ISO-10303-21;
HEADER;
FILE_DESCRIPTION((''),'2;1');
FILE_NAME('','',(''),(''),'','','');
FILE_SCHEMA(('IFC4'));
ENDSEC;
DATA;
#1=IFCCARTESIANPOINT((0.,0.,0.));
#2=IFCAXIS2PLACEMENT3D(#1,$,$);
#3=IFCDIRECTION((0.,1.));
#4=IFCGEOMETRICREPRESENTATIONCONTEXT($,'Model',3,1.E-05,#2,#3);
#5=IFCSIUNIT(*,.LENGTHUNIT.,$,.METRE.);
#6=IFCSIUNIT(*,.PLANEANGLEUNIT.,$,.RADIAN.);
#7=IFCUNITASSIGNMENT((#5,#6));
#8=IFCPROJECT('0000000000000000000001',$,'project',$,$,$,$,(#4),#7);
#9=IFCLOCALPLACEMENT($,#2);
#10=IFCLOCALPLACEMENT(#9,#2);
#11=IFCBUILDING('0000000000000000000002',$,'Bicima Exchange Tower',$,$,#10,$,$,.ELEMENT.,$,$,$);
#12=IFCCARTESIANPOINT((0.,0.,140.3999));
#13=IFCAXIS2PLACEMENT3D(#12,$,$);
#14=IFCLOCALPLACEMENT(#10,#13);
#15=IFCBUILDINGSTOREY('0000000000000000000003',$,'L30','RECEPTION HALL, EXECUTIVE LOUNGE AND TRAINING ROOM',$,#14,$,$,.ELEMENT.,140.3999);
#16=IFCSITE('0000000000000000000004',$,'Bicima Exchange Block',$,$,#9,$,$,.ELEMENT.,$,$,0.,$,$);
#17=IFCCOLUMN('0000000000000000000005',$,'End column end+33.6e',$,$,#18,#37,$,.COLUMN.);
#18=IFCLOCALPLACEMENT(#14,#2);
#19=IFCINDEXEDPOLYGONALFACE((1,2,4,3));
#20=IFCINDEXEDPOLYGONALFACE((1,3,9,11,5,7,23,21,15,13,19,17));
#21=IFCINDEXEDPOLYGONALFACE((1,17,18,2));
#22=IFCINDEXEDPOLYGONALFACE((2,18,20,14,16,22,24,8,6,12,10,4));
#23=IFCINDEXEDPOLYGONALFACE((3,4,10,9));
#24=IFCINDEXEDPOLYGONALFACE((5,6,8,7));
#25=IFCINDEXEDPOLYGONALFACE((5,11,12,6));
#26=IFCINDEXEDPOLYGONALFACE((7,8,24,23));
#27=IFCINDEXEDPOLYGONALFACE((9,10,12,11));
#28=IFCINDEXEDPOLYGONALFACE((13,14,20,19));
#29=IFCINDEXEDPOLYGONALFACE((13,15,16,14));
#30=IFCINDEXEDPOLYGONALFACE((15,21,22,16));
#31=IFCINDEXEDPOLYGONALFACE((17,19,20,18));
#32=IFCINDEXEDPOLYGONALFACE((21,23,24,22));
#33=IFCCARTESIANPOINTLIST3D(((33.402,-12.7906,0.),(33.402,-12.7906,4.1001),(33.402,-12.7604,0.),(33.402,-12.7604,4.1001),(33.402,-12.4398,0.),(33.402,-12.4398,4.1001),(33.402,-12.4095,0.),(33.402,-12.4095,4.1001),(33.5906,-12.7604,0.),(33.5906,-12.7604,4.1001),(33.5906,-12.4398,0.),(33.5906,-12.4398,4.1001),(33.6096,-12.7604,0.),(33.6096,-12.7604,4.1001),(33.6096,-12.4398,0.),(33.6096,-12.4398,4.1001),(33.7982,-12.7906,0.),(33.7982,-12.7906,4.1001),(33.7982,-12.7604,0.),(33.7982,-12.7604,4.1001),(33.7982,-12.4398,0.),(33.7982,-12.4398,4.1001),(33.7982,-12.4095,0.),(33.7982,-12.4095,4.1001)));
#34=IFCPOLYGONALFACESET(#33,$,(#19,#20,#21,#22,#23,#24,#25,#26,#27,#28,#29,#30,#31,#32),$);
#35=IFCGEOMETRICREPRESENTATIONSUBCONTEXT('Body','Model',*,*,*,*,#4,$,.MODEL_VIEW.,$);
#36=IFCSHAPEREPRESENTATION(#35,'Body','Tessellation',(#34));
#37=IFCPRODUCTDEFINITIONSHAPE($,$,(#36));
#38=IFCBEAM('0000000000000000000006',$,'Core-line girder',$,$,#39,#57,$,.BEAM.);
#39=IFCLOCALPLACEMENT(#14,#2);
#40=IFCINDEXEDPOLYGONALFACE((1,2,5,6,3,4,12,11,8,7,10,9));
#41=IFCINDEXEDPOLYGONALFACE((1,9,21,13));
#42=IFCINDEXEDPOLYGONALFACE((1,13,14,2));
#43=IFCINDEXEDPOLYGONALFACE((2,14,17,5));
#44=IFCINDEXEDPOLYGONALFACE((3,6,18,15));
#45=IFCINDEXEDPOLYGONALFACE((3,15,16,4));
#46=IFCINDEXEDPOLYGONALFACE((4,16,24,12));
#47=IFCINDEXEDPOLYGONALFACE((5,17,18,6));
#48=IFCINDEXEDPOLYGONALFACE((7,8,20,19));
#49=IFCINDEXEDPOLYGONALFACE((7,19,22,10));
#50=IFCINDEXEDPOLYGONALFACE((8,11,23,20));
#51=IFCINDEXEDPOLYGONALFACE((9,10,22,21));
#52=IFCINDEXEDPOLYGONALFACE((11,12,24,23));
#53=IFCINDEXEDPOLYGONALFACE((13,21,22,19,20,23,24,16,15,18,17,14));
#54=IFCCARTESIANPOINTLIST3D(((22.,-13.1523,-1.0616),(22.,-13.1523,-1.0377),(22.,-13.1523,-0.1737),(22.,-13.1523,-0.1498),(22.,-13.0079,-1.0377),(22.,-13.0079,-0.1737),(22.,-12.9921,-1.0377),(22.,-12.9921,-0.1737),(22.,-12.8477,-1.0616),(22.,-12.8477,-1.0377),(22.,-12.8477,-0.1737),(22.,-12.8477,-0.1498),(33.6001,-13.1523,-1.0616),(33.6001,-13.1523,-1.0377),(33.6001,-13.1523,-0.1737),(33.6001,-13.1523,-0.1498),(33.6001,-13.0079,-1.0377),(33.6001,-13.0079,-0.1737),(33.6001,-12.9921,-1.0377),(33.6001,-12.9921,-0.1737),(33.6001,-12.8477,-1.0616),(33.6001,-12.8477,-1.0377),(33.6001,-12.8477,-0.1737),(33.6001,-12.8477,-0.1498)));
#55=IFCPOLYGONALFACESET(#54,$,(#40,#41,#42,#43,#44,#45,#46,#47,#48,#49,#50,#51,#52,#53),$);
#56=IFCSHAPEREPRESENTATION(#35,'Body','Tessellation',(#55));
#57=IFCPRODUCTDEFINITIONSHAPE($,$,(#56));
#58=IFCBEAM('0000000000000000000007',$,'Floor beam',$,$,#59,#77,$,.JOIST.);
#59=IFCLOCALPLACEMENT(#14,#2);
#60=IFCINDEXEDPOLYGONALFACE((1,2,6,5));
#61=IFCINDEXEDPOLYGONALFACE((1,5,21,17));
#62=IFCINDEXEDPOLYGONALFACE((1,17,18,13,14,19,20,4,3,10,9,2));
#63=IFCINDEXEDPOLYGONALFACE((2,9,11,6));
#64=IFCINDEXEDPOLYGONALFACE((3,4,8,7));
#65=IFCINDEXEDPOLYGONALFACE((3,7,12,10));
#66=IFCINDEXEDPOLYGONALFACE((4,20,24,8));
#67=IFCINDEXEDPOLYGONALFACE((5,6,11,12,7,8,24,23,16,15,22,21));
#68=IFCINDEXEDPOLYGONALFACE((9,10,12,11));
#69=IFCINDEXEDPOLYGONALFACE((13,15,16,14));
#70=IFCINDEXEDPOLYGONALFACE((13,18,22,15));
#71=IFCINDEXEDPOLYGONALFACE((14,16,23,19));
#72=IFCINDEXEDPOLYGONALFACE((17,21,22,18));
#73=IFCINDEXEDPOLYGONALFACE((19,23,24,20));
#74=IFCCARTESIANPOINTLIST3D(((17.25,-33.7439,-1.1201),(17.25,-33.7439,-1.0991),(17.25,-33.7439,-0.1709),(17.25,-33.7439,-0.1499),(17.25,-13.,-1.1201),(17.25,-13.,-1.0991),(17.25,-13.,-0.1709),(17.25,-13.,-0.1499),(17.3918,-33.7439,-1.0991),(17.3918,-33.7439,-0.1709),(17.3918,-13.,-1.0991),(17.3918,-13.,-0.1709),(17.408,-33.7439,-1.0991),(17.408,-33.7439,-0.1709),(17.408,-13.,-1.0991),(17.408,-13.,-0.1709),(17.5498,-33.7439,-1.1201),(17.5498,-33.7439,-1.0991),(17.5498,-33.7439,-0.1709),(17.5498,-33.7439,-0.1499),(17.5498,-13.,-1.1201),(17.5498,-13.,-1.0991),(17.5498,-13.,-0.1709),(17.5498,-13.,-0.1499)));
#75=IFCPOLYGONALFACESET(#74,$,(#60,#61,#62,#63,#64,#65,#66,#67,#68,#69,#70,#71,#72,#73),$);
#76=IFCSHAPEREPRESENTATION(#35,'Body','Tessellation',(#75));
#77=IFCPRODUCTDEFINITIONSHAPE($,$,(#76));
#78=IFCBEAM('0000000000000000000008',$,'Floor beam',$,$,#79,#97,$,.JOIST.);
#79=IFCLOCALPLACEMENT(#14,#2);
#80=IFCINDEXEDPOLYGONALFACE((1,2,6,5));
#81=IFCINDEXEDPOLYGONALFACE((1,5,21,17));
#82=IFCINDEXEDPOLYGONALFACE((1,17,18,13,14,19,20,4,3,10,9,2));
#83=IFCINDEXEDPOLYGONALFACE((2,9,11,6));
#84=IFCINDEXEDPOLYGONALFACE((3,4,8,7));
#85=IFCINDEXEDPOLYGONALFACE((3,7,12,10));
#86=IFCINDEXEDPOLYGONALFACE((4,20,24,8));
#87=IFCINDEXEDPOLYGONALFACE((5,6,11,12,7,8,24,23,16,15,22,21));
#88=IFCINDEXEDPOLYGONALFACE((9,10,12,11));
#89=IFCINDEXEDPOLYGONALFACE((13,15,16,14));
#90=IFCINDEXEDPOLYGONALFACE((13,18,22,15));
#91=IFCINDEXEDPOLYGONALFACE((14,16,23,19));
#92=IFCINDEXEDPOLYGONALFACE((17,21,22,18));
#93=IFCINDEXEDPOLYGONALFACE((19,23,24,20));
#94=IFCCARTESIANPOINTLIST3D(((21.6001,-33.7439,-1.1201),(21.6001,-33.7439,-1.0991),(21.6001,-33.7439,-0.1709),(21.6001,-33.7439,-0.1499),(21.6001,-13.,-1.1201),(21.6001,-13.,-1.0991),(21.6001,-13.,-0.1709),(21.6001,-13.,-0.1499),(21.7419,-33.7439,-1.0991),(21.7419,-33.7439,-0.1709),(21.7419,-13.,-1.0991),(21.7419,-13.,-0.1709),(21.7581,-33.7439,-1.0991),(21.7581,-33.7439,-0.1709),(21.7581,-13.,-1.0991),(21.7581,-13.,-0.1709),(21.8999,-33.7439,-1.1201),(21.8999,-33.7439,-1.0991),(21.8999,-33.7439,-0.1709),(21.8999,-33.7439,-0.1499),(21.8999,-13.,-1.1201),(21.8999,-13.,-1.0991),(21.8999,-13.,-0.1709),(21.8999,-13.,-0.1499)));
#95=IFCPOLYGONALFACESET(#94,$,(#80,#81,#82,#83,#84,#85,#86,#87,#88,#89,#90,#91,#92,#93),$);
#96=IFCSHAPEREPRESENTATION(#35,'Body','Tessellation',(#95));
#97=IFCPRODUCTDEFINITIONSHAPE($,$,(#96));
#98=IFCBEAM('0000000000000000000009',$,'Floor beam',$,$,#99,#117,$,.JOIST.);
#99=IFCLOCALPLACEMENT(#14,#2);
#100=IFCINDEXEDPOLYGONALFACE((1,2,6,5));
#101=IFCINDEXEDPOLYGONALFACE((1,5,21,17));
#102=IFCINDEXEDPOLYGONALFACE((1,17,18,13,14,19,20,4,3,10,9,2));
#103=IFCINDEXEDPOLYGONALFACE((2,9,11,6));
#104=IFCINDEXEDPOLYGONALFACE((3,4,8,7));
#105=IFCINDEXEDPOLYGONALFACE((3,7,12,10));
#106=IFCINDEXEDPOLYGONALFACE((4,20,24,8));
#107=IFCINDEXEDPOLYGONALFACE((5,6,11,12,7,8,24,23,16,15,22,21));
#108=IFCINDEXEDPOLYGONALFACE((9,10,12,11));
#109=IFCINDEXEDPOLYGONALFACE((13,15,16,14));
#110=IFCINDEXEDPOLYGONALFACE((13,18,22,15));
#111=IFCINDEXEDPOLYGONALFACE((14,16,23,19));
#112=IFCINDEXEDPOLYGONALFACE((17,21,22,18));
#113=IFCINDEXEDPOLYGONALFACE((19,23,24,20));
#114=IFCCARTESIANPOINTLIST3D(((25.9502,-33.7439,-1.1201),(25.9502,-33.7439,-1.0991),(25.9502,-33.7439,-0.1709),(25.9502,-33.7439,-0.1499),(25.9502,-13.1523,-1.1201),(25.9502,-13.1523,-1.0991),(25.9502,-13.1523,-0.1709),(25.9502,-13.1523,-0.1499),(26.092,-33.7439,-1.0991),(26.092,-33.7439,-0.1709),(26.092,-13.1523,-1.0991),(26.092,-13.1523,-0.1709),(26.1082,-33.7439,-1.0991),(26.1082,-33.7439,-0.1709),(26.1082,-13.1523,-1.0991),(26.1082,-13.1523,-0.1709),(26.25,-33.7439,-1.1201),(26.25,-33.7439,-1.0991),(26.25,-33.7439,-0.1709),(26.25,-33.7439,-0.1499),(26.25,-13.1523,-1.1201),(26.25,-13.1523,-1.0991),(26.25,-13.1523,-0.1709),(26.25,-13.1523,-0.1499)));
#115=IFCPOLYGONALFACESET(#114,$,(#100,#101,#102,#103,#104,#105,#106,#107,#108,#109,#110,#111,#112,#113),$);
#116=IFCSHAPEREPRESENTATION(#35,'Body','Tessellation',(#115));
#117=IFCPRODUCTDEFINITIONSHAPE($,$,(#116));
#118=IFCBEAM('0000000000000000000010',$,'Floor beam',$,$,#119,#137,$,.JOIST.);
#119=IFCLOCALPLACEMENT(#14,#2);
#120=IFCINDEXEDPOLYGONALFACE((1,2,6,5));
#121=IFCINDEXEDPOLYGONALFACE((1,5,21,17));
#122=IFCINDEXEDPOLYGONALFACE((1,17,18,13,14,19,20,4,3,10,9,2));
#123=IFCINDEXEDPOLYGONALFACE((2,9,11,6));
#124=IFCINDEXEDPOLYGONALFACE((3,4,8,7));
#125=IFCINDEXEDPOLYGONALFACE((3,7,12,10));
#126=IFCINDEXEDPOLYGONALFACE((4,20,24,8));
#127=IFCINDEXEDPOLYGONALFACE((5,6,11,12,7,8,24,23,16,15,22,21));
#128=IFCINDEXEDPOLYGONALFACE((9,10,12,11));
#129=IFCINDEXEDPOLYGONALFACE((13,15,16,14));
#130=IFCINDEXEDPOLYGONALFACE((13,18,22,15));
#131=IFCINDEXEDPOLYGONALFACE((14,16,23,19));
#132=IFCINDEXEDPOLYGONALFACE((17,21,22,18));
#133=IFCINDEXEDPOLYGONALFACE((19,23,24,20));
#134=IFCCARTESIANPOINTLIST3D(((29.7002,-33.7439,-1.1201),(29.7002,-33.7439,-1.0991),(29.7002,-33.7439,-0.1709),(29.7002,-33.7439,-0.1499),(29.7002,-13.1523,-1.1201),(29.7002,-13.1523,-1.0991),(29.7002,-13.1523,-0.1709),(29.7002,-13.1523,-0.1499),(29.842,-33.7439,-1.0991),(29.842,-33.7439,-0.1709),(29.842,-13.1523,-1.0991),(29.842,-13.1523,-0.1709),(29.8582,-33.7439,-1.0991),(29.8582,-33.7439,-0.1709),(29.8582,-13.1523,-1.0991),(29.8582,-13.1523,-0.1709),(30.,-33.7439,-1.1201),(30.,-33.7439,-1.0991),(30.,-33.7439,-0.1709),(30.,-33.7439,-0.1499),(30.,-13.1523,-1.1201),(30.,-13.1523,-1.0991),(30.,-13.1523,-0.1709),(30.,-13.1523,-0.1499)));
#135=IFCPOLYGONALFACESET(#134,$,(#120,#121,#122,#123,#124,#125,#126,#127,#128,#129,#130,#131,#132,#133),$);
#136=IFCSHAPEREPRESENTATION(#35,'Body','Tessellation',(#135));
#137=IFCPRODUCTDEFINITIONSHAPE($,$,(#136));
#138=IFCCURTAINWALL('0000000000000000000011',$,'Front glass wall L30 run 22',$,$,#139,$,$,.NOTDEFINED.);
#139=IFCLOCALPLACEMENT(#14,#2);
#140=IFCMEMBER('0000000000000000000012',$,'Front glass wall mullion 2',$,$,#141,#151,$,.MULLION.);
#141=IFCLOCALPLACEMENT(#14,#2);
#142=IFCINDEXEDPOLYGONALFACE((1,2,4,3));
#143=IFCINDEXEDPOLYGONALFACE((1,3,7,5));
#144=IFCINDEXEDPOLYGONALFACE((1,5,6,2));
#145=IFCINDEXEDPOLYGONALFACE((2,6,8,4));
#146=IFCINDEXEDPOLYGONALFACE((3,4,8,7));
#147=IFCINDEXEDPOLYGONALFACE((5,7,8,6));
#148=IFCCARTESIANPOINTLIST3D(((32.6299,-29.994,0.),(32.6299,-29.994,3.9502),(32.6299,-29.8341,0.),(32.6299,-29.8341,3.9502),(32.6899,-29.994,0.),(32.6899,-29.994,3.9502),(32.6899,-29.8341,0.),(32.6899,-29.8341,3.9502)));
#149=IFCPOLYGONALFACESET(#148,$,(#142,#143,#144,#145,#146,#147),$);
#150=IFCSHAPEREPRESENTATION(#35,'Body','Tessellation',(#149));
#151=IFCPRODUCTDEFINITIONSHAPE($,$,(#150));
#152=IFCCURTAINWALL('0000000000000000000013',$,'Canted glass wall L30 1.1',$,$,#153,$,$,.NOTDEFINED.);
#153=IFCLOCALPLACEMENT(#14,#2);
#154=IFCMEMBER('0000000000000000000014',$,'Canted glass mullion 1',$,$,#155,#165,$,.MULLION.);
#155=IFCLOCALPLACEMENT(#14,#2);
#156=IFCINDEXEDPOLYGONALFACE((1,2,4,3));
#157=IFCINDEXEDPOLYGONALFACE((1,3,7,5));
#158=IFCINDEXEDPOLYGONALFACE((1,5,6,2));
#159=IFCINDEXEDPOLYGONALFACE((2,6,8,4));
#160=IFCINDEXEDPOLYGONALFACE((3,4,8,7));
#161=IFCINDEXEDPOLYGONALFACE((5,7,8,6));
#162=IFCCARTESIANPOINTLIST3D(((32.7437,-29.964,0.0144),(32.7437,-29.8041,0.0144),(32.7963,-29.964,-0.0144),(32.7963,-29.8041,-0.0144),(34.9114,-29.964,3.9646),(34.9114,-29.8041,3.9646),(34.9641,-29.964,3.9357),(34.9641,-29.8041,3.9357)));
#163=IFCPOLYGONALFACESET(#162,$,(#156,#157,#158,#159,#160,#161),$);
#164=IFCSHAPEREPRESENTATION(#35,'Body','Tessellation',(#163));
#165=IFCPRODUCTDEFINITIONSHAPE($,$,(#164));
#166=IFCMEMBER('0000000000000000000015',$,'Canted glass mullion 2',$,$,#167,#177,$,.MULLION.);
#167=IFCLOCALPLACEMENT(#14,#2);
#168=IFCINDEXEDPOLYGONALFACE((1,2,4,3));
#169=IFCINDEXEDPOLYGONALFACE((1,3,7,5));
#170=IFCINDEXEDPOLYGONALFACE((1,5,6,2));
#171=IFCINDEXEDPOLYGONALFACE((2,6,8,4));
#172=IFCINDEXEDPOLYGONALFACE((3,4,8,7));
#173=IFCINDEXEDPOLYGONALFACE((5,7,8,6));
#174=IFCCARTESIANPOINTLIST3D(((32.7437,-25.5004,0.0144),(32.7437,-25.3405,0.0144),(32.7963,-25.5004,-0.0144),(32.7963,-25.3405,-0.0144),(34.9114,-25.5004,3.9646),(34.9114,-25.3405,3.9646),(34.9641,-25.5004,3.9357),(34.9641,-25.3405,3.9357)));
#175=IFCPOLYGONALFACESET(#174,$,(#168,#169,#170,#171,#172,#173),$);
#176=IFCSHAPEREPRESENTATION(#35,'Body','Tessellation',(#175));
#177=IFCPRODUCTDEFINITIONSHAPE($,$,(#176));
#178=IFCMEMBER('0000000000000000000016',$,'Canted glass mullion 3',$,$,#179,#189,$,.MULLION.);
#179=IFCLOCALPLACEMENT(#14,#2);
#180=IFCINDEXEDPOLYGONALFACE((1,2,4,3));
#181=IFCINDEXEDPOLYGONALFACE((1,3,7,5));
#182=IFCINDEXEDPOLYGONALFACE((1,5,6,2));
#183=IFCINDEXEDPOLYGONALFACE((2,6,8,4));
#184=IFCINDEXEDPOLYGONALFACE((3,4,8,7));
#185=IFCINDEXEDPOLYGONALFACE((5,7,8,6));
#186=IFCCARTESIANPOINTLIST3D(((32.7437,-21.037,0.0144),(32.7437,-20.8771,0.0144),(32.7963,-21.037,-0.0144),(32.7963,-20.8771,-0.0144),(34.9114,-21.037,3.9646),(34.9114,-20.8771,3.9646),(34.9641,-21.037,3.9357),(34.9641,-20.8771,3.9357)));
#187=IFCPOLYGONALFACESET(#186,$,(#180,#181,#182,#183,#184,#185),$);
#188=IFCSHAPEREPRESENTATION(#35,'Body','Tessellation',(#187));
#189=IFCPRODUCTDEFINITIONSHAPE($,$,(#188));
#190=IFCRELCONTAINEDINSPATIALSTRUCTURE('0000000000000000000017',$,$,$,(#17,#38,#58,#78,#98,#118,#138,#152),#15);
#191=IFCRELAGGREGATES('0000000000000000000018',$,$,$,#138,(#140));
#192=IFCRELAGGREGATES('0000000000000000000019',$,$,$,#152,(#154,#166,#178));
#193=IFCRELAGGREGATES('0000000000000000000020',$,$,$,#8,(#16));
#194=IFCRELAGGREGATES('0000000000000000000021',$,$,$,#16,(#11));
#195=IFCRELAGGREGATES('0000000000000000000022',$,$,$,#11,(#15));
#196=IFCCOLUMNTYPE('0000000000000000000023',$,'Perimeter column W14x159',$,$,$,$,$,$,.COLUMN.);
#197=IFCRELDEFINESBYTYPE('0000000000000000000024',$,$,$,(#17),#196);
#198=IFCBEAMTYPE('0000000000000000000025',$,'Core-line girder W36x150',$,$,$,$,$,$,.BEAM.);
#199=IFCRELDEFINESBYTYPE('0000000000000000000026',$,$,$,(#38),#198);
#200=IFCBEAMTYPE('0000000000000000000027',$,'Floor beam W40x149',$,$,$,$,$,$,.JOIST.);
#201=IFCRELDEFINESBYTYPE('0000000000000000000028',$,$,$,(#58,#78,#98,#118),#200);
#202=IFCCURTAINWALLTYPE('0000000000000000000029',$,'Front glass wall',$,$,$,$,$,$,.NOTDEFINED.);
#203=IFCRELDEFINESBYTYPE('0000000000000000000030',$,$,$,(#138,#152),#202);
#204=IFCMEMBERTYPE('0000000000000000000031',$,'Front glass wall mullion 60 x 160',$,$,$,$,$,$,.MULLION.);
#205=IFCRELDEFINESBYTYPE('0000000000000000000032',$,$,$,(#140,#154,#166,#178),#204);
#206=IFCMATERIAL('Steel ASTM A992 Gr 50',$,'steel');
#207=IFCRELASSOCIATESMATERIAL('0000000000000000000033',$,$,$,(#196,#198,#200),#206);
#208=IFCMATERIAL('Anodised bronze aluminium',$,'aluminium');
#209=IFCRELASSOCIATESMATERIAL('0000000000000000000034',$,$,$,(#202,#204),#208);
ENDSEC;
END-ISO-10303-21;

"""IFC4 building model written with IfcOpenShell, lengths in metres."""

from ifc_helpers import new_model, si_unit, direction, frame, origin, origin_2d, place, context, subcontext, project, spatial, rectangle, i_section, extrude, material, material_profile, profile_set, type_object, element, aggregate, save


model = new_model("IFC4")

# Units and contexts
model_context = context("Model", 3, precision=1e-05, world=origin(), true_north=direction((0.0, 1.0)))
body_context = subcontext(model_context, "Body", "Model", "MODEL_VIEW")
ifc_project = project(units=[si_unit("LENGTHUNIT", "METRE"), si_unit("PLANEANGLEUNIT", "RADIAN")], contexts=[model_context])

# Site, building, storey
site_placement = place(None, origin())
site = spatial("IfcSite", under=ifc_project, at=site_placement, Name="Bicima Exchange Block", CompositionType="ELEMENT", RefElevation=0.0)
building_placement = place(site_placement, origin())
building = spatial("IfcBuilding", under=site, at=building_placement, Name="Bicima Exchange Tower", CompositionType="ELEMENT")
storey_placement = place(building_placement, frame((0.0, 0.0, 140.3999)))
storey = spatial("IfcBuildingStorey", under=building, at=storey_placement, Name="L30", Description="RECEPTION HALL, EXECUTIVE LOUNGE AND TRAINING ROOM", CompositionType="ELEMENT", Elevation=140.3999)

# Column
ifc_material_1 = material(Name="Steel ASTM A992 Gr 50", Category="steel")
ifc_material_profile_1 = material_profile(ifc_material_1, i_section(OverallWidth=0.3962, OverallDepth=0.3811, WebThickness=0.019, FlangeThickness=0.0303, at=origin_2d()))
ifc_profile_set_1 = profile_set([ifc_material_profile_1], Name="Steel ASTM A992 Gr 50")
column_type = type_object("IfcColumnType", Name="Perimeter column W14x159", PredefinedType="COLUMN", material=ifc_profile_set_1)
column_placement = place(storey_placement, frame((33.6001, -12.6001, 0.0), z_axis=(0.0, 0.0, 1.0), x_axis=(1.0, 0.0, 0.0)))
element("IfcColumn", 1, at=column_placement, inside=storey, type_object=column_type, Name="End column end+33.6e", PredefinedType="COLUMN", context=body_context, shape_type="SweptSolid", body=[
    extrude(i_section(OverallWidth=0.3962, OverallDepth=0.3811, WebThickness=0.019, FlangeThickness=0.0303, at=origin_2d()), origin(), (0.0, 0.0, 1.0), 4.1001),
])

# Beams
ifc_material_profile_2 = material_profile(ifc_material_1, i_section(OverallWidth=0.3047, OverallDepth=0.9119, WebThickness=0.0159, FlangeThickness=0.0239, at=origin_2d()))
ifc_profile_set_2 = profile_set([ifc_material_profile_2], Name="Steel ASTM A992 Gr 50")
beam_type_1 = type_object("IfcBeamType", Name="Core-line girder W36x150", PredefinedType="BEAM", material=ifc_profile_set_2)
beam_placement = place(storey_placement, frame((22.0, -13.0, -0.6057), z_axis=(1.0, 0.0, 0.0), x_axis=(0.0, 1.0, 0.0)))
element("IfcBeam", 2, at=beam_placement, inside=storey, type_object=beam_type_1, Name="Core-line girder", PredefinedType="BEAM", context=body_context, shape_type="SweptSolid", body=[
    extrude(i_section(OverallWidth=0.3047, OverallDepth=0.9119, WebThickness=0.0159, FlangeThickness=0.0239, at=origin_2d()), origin(), (0.0, 0.0, 1.0), 11.6001),
])
ifc_material_profile_3 = material_profile(ifc_material_1, i_section(OverallWidth=0.2998, OverallDepth=0.9702, WebThickness=0.0161, FlangeThickness=0.021, at=origin_2d()))
ifc_profile_set_3 = profile_set([ifc_material_profile_3], Name="Steel ASTM A992 Gr 50")
beam_type_2 = type_object("IfcBeamType", Name="Floor beam W40x149", PredefinedType="JOIST", material=ifc_profile_set_3)
for number, where, z_axis, x_axis, name in (
    (3, (17.3999, -13.0, -0.635), (0.0, -1.0, 0.0), (1.0, 0.0, 0.0), "Floor beam"),
    (4, (21.75, -13.0, -0.635), (0.0, -1.0, 0.0), (1.0, 0.0, 0.0), "Floor beam"),
):
    element("IfcBeam", number, at=place(storey_placement, frame(where, z_axis=z_axis, x_axis=x_axis)), inside=storey, type_object=beam_type_2, Name=name, PredefinedType="JOIST", context=body_context, shape_type="SweptSolid", body=[
        extrude(i_section(OverallWidth=0.2998, OverallDepth=0.9702, WebThickness=0.0161, FlangeThickness=0.021, at=origin_2d()), origin(), (0.0, 0.0, 1.0), 20.7439),
    ])
for number, where, z_axis, x_axis, name in (
    (5, (26.1001, -13.1523, -0.635), (0.0, -1.0, 0.0), (1.0, 0.0, 0.0), "Floor beam"),
    (6, (29.8501, -13.1523, -0.635), (0.0, -1.0, 0.0), (1.0, 0.0, 0.0), "Floor beam"),
):
    element("IfcBeam", number, at=place(storey_placement, frame(where, z_axis=z_axis, x_axis=x_axis)), inside=storey, type_object=beam_type_2, Name=name, PredefinedType="JOIST", context=body_context, shape_type="SweptSolid", body=[
        extrude(i_section(OverallWidth=0.2998, OverallDepth=0.9702, WebThickness=0.0161, FlangeThickness=0.021, at=origin_2d()), origin(), (0.0, 0.0, 1.0), 20.5916),
    ])

# Curtain wall, member
ifc_material_2 = material(Name="Anodised bronze aluminium", Category="aluminium")
curtain_wall_type = type_object("IfcCurtainWallType", Name="Front glass wall", PredefinedType="NOTDEFINED", material=ifc_material_2)
curtain_wall_1_placement = place(storey_placement, origin())
curtain_wall_1 = element("IfcCurtainWall", 7, at=curtain_wall_1_placement, inside=storey, type_object=curtain_wall_type, Name="Front glass wall L30 run 22", PredefinedType="NOTDEFINED")
ifc_material_profile_4 = material_profile(ifc_material_2, rectangle(XDim=0.1599, YDim=0.0601, at=origin_2d()))
ifc_profile_set_4 = profile_set([ifc_material_profile_4], Name="Anodised bronze aluminium")
member_type = type_object("IfcMemberType", Name="Front glass wall mullion 60 x 160", PredefinedType="MULLION", material=ifc_profile_set_4)
member_1_placement = place(storey_placement, frame((32.6599, -29.9141, 0.0), z_axis=(0.0, 0.0, 1.0), x_axis=(0.0, 1.0, 0.0)))
member_1 = element("IfcMember", 8, at=member_1_placement, type_object=member_type, Name="Front glass wall mullion 2", PredefinedType="MULLION", context=body_context, shape_type="SweptSolid", body=[
    extrude(rectangle(XDim=0.1599, YDim=0.0601, at=origin_2d()), origin(), (0.0, 0.0, 1.0), 3.9502),
])
aggregate(curtain_wall_1, [member_1])

# Curtain wall, members
curtain_wall_2_placement = place(storey_placement, origin())
curtain_wall_2 = element("IfcCurtainWall", 9, at=curtain_wall_2_placement, inside=storey, type_object=curtain_wall_type, Name="Canted glass wall L30 1.1", PredefinedType="NOTDEFINED")
member_2_placement = place(storey_placement, frame((32.77, -29.884, 0.0), z_axis=(0.481087, 0.0, 0.876673), x_axis=(0.0, -1.0, 0.0)))
member_2 = element("IfcMember", 10, at=member_2_placement, type_object=member_type, Name="Canted glass mullion 1", PredefinedType="MULLION", context=body_context, shape_type="SweptSolid", body=[
    extrude(rectangle(XDim=0.1599, YDim=0.0601, at=origin_2d()), origin(), (0.0, 0.0, 1.0), 4.5059),
])
member_3_placement = place(storey_placement, frame((32.77, -25.4204, 0.0), z_axis=(0.481087, 0.0, 0.876673), x_axis=(0.0, -1.0, 0.0)))
member_3 = element("IfcMember", 11, at=member_3_placement, type_object=member_type, Name="Canted glass mullion 2", PredefinedType="MULLION", context=body_context, shape_type="SweptSolid", body=[
    extrude(rectangle(XDim=0.1599, YDim=0.0601, at=origin_2d()), origin(), (0.0, 0.0, 1.0), 4.5059),
])
member_4_placement = place(storey_placement, frame((32.77, -20.957, 0.0), z_axis=(0.481087, 0.0, 0.876673), x_axis=(0.0, -1.0, 0.0)))
member_4 = element("IfcMember", 12, at=member_4_placement, type_object=member_type, Name="Canted glass mullion 3", PredefinedType="MULLION", context=body_context, shape_type="SweptSolid", body=[
    extrude(rectangle(XDim=0.1599, YDim=0.0601, at=origin_2d()), origin(), (0.0, 0.0, 1.0), 4.5059),
])
aggregate(curtain_wall_2, [member_2, member_3, member_4])

save(model, "model.ifc")
